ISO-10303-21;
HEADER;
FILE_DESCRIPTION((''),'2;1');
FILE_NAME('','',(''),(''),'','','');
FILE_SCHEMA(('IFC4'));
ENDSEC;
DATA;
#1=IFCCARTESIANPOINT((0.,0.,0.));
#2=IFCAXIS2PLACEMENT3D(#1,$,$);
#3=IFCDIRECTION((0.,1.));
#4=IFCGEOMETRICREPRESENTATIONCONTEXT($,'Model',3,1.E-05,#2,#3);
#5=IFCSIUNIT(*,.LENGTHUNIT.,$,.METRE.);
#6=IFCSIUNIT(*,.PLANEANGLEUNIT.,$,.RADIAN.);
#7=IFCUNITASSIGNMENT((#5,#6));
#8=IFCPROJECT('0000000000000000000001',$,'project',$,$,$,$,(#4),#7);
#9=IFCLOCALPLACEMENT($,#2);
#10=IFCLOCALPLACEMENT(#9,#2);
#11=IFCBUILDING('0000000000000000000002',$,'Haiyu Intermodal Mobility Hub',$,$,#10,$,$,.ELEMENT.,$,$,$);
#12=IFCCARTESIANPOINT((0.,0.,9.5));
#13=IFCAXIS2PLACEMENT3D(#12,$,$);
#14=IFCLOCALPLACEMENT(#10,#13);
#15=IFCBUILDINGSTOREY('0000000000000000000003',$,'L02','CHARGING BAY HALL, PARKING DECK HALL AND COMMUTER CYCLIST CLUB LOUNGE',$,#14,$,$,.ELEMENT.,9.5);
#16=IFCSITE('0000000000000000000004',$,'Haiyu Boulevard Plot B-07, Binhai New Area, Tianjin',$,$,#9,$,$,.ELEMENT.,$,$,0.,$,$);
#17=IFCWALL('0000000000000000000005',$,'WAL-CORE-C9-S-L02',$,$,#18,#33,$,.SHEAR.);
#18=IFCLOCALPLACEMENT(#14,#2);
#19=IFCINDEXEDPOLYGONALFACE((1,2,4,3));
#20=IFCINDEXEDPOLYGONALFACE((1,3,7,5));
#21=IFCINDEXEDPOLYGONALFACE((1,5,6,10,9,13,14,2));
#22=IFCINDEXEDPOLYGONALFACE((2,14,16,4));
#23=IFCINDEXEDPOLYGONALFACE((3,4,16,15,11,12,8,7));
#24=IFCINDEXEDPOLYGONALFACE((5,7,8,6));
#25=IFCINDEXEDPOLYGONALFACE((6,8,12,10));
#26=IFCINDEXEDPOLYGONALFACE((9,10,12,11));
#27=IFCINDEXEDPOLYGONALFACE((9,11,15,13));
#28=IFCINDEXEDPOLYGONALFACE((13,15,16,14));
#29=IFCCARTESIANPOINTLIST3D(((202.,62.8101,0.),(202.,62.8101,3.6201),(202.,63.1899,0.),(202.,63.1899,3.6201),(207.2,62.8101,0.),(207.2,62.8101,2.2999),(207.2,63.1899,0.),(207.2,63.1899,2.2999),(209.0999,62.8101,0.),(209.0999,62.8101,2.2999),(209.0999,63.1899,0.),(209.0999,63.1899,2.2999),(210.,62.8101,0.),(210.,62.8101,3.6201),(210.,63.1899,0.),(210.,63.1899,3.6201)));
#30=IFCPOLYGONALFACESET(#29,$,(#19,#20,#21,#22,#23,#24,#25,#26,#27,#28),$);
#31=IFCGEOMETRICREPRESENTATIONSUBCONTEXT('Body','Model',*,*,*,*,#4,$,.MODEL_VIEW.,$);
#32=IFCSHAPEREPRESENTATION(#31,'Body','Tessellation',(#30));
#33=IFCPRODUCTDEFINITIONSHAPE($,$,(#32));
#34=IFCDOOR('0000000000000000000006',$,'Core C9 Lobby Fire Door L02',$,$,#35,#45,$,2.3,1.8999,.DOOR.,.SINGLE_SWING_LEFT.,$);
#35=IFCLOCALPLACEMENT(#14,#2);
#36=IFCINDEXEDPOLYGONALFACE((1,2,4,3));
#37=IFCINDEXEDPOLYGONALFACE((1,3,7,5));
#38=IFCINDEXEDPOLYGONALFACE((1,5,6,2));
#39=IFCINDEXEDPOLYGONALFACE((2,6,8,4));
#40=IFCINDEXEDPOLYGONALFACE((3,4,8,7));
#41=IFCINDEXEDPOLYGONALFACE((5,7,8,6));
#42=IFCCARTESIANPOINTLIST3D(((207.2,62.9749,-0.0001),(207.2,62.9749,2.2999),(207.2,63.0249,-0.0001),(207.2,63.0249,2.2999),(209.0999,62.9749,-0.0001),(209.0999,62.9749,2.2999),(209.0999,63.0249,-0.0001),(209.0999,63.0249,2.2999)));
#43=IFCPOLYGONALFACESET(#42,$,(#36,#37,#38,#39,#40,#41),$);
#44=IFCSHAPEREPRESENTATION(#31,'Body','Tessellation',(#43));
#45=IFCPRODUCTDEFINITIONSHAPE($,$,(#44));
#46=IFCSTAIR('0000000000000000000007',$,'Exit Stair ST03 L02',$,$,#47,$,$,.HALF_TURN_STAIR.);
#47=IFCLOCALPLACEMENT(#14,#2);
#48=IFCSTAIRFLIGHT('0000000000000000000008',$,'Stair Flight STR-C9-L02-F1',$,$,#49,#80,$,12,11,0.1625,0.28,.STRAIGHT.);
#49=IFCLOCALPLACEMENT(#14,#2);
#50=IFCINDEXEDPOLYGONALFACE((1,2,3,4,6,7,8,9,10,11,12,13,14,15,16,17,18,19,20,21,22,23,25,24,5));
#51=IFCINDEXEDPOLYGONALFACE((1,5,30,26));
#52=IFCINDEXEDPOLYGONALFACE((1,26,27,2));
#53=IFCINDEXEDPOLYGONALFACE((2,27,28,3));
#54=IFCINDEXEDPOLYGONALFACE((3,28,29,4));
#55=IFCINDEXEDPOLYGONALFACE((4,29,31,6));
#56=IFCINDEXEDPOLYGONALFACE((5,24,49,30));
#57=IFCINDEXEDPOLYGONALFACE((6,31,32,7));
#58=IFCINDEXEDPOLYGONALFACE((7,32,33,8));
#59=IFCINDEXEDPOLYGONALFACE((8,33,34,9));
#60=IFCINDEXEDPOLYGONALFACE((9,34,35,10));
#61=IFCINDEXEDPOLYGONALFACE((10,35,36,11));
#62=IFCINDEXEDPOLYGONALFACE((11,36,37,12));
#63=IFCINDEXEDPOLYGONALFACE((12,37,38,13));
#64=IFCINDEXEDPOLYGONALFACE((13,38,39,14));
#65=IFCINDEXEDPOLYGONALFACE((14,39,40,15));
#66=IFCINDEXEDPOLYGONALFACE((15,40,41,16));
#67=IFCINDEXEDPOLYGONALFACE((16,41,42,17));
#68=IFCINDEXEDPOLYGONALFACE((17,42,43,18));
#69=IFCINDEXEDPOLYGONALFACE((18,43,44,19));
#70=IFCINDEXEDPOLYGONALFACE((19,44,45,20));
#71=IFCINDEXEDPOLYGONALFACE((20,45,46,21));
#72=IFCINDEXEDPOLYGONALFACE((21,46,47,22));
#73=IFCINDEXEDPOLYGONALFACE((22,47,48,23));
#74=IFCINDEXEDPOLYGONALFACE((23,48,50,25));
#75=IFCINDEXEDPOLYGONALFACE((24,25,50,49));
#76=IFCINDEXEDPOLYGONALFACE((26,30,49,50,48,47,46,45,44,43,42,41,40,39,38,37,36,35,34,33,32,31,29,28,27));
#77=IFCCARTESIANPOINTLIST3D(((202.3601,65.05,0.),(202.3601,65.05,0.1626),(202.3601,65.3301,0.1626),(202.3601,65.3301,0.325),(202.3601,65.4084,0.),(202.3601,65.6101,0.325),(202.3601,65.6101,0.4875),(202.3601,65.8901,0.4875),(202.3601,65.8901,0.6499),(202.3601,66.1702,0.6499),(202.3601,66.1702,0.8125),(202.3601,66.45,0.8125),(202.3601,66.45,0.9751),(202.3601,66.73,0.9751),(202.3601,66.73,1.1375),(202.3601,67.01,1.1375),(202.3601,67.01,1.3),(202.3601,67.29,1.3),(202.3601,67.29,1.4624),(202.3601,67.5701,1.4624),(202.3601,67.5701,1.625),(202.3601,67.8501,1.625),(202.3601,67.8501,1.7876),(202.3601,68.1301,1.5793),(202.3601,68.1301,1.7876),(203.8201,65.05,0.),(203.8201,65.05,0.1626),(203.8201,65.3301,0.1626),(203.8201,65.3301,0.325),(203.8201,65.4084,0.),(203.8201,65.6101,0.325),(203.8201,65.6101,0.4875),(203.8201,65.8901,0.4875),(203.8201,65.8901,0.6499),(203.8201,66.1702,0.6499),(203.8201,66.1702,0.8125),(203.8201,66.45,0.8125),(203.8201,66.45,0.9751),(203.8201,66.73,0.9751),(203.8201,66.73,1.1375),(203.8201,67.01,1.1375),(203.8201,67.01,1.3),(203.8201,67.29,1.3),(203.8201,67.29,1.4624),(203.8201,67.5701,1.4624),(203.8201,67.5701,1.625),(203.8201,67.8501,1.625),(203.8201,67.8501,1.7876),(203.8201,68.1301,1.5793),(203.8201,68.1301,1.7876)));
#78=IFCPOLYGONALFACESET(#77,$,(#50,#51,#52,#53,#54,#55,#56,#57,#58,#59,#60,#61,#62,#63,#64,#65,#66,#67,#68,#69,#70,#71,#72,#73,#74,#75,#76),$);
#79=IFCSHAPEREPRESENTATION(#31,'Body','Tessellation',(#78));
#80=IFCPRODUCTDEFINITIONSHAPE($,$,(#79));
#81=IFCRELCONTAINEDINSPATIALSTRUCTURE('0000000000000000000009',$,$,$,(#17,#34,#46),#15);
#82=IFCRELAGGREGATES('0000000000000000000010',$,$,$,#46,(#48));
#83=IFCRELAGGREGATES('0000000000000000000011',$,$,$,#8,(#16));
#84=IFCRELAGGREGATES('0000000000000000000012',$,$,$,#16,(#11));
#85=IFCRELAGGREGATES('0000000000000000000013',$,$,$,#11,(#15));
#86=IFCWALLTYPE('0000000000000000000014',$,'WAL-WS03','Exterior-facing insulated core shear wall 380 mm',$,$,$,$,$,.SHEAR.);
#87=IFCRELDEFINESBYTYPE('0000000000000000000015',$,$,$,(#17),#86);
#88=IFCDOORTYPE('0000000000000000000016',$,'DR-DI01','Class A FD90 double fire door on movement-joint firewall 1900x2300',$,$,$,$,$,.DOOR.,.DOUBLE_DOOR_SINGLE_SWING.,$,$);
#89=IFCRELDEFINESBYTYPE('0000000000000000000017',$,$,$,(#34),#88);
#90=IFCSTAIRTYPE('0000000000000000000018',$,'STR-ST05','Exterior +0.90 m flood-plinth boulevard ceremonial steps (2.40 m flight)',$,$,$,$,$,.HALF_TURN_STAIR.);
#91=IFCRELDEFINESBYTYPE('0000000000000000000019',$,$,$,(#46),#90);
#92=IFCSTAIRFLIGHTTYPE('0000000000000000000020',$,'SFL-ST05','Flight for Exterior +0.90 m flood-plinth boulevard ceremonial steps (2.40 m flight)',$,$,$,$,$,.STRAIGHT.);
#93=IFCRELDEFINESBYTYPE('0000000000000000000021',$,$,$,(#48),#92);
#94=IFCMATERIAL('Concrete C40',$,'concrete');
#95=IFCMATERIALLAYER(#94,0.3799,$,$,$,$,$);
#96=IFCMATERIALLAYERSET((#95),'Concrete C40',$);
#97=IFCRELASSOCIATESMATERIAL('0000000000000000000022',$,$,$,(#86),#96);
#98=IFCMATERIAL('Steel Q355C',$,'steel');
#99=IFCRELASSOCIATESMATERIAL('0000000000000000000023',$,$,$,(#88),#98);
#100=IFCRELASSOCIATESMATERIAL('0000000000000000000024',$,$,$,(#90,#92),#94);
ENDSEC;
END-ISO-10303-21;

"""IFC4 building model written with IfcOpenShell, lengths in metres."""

from ifc_helpers import new_model, si_unit, direction, frame, frame_2d, origin, place, context, subcontext, project, spatial, polyline, rectangle, outline, extrude, material, layer, layer_set, type_object, element, fill, aggregate, save


model = new_model("IFC4")

# Units and contexts
model_context = context("Model", 3, precision=1e-05, world=origin(), true_north=direction((0.0, 1.0)))
body_context = subcontext(model_context, "Body", "Model", "MODEL_VIEW")
ifc_project = project(units=[si_unit("LENGTHUNIT", "METRE"), si_unit("PLANEANGLEUNIT", "RADIAN")], contexts=[model_context])

# Site, building, storey
site_placement = place(None, origin())
site = spatial("IfcSite", under=ifc_project, at=site_placement, Name="Haiyu Boulevard Plot B-07, Binhai New Area, Tianjin", CompositionType="ELEMENT", RefElevation=0.0)
building_placement = place(site_placement, origin())
building = spatial("IfcBuilding", under=site, at=building_placement, Name="Haiyu Intermodal Mobility Hub", CompositionType="ELEMENT")
storey_placement = place(building_placement, frame((0.0, 0.0, 9.5)))
storey = spatial("IfcBuildingStorey", under=building, at=storey_placement, Name="L02", Description="CHARGING BAY HALL, PARKING DECK HALL AND COMMUTER CYCLIST CLUB LOUNGE", CompositionType="ELEMENT", Elevation=9.5)

# Shared definitions
ifc_material_1 = material(Name="Concrete C40", Category="concrete")

# Shared definitions
ifc_material_2 = material(Name="Steel Q355C", Category="steel")

# Wall, opening, door
ifc_layer = layer(ifc_material_1, 0.3799)
ifc_layer_set = layer_set([ifc_layer], Name="Concrete C40")
wall_type = type_object("IfcWallType", Name="WAL-WS03", Description="Exterior-facing insulated core shear wall 380 mm", PredefinedType="SHEAR", material=ifc_layer_set)
wall_placement = place(storey_placement, frame((202.0, 63.0, 0.0), z_axis=(0.0, 0.0, 1.0), x_axis=(1.0, 0.0, 0.0)))
wall = element("IfcWall", 1, at=wall_placement, inside=storey, type_object=wall_type, Name="WAL-CORE-C9-S-L02", PredefinedType="SHEAR", context=body_context, shape_type="SweptSolid", body=[
    extrude(rectangle(XDim=8.0, YDim=0.3799, at=frame_2d((4.0, 0.0))), origin(), (0.0, 0.0, 1.0), 3.6201),
])
opening_placement = place(wall_placement, frame((5.2, 0.0, 0.0)))
opening = element("IfcOpeningElement", 2, at=opening_placement, cuts=wall, PredefinedType="OPENING", context=body_context, shape_type="SweptSolid", body=[
    extrude(rectangle(XDim=1.8999, YDim=2.3, at=frame_2d((0.95, 1.1499))), frame((0.0, 0.2, 0.0), z_axis=(0.0, -1.0, 0.0), x_axis=(1.0, 0.0, 0.0)), (0.0, 0.0, 1.0), 0.3999),
])
door_type = type_object("IfcDoorType", Name="DR-DI01", Description="Class A FD90 double fire door on movement-joint firewall 1900x2300", OperationType="DOUBLE_DOOR_SINGLE_SWING", PredefinedType="DOOR", material=ifc_material_2)
door_placement = place(opening_placement, origin())
door = element("IfcDoor", 3, at=door_placement, inside=storey, type_object=door_type, Name="Core C9 Lobby Fire Door L02", OperationType="SINGLE_SWING_LEFT", OverallHeight=2.3, OverallWidth=1.8999, PredefinedType="DOOR", context=body_context, shape_type="SweptSolid", body=[
    extrude(rectangle(XDim=1.8999, YDim=2.3, at=frame_2d((0.95, 1.1499))), frame((0.0, 0.0249, 0.0), z_axis=(0.0, -1.0, 0.0), x_axis=(1.0, 0.0, 0.0)), (0.0, 0.0, 1.0), 0.05),
])
fill(opening, door)

# Stair, stair flight
stair_type = type_object("IfcStairType", Name="STR-ST05", Description="Exterior +0.90 m flood-plinth boulevard ceremonial steps (2.40 m flight)", PredefinedType="HALF_TURN_STAIR", material=ifc_material_1)
stair_placement = place(storey_placement, origin())
stair = element("IfcStair", 4, at=stair_placement, inside=storey, type_object=stair_type, Name="Exit Stair ST03 L02", PredefinedType="HALF_TURN_STAIR")
stair_flight_type = type_object("IfcStairFlightType", Name="SFL-ST05", Description="Flight for Exterior +0.90 m flood-plinth boulevard ceremonial steps (2.40 m flight)", PredefinedType="STRAIGHT", material=ifc_material_1)
stair_flight_placement = place(storey_placement, frame((203.0901, 65.05, 0.0), z_axis=(0.0, 0.0, 1.0), x_axis=(0.0, 1.0, 0.0)))
stair_flight = element("IfcStairFlight", 5, at=stair_flight_placement, type_object=stair_flight_type, Name="Stair Flight STR-C9-L02-F1", NumberOfRisers=12, NumberOfTreads=11, PredefinedType="STRAIGHT", RiserHeight=0.1625, TreadLength=0.28, context=body_context, shape_type="SweptSolid", body=[
    extrude(outline(polyline([(0.0, 0.0), (0.0, 0.1626), (0.28, 0.1626), (0.28, 0.325), (0.5601, 0.325), (0.5601, 0.4875), (0.8401, 0.4875), (0.8401, 0.6499), (1.1201, 0.6499), (1.1201, 0.8125), (1.3999, 0.8125), (1.3999, 0.9751), (1.6799, 0.9751), (1.6799, 1.1375), (1.96, 1.1375), (1.96, 1.3), (2.24, 1.3), (2.24, 1.4624), (2.52, 1.4624), (2.52, 1.625), (2.8, 1.625), (2.8, 1.7876), (3.0801, 1.7876), (3.0801, 1.95), (3.0801, 1.5793), (0.3584, 0.0), (0.0, 0.0)])), frame((0.0, 0.73, 0.0), z_axis=(0.0, -1.0, 0.0), x_axis=(1.0, 0.0, 0.0)), (0.0, 0.0, 1.0), 1.46),
])
aggregate(stair, [stair_flight])

save(model, "model.ifc")
